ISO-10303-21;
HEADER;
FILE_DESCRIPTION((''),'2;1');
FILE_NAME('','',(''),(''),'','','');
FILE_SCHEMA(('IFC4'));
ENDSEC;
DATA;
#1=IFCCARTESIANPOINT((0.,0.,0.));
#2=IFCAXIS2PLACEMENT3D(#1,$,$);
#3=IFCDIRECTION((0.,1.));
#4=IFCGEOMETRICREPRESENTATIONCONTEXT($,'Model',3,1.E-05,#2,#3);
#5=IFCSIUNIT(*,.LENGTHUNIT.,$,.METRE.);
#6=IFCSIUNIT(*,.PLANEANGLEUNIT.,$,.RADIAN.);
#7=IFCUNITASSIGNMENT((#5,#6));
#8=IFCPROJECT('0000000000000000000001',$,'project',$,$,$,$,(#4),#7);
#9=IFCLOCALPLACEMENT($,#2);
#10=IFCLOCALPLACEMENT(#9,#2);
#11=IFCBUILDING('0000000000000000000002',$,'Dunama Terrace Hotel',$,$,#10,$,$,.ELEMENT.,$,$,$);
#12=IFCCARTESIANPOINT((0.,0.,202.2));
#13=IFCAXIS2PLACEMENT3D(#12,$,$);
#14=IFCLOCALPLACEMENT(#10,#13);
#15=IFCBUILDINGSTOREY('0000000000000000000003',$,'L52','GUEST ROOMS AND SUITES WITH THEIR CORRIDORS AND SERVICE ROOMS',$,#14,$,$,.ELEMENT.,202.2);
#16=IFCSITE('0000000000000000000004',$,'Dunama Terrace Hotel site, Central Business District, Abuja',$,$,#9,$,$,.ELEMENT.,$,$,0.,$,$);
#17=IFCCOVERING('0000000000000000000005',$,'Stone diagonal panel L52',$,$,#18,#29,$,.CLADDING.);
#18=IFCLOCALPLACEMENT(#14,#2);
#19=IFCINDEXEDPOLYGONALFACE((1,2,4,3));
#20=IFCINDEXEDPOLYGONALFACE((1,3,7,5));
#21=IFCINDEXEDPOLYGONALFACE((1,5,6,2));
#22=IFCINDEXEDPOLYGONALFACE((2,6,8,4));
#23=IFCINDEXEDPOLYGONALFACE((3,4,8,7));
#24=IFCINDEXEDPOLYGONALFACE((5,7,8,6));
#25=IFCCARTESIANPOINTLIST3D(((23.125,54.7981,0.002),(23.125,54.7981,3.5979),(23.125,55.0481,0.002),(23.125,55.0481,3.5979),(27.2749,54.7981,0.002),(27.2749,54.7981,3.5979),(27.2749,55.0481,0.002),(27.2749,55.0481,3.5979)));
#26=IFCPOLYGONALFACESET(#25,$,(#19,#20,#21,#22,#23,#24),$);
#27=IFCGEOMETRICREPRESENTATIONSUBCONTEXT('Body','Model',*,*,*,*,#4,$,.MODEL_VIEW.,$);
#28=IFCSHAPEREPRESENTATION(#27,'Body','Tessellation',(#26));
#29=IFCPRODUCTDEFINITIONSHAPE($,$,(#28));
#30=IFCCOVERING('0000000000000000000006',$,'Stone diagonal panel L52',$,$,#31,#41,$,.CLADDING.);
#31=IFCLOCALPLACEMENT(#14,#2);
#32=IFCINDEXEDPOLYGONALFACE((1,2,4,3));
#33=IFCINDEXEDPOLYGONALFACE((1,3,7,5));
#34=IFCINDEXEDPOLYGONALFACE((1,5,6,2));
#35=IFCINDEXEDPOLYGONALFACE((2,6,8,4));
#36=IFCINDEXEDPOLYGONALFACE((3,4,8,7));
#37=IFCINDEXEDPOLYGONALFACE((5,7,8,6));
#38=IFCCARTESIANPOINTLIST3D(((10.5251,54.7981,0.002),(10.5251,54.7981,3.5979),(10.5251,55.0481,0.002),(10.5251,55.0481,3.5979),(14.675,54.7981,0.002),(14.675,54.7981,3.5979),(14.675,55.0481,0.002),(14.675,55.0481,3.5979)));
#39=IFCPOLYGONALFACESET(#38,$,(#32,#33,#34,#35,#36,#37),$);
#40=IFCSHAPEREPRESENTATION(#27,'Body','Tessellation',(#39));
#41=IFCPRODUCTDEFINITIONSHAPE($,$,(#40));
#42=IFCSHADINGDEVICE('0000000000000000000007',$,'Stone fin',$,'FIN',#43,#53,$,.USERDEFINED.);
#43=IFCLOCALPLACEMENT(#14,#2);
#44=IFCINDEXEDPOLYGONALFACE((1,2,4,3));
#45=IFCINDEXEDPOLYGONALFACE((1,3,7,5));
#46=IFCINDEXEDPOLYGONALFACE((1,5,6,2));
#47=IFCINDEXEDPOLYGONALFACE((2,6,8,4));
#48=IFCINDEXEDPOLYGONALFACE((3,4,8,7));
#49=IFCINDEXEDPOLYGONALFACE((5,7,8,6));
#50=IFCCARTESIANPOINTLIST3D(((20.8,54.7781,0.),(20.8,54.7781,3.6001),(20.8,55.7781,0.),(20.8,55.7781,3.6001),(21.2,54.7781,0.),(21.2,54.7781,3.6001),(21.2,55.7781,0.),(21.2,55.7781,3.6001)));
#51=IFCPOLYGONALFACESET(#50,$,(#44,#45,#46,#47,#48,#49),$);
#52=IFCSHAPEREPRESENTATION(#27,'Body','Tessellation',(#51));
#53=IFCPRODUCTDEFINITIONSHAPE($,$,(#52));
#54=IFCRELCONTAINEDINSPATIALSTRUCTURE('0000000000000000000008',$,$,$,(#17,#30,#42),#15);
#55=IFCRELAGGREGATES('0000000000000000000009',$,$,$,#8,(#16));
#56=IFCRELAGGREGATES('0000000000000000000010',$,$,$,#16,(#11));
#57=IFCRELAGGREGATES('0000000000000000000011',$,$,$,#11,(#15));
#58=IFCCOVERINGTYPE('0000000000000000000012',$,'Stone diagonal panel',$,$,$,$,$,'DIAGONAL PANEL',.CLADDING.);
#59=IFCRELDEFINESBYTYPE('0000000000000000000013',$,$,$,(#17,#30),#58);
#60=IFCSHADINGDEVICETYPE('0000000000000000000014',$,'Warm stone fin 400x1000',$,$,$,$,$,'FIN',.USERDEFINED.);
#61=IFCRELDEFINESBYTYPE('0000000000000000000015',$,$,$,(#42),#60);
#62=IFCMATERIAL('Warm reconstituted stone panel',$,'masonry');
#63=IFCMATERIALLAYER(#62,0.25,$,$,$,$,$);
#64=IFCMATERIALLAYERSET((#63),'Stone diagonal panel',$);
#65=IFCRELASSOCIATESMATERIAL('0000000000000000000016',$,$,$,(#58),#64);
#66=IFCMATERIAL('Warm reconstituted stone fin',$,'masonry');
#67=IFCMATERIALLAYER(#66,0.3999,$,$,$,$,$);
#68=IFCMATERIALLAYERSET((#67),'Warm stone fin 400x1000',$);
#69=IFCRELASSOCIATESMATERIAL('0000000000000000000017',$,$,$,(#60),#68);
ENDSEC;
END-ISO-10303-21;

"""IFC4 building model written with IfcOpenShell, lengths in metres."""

from ifc_helpers import new_model, si_unit, direction, frame, origin, origin_2d, place, context, subcontext, project, spatial, rectangle, extrude, material, layer, layer_set, type_object, element, save


model = new_model("IFC4")

# Units and contexts
model_context = context("Model", 3, precision=1e-05, world=origin(), true_north=direction((0.0, 1.0)))
body_context = subcontext(model_context, "Body", "Model", "MODEL_VIEW")
ifc_project = project(units=[si_unit("LENGTHUNIT", "METRE"), si_unit("PLANEANGLEUNIT", "RADIAN")], contexts=[model_context])

# Site, building, storey
site_placement = place(None, origin())
site = spatial("IfcSite", under=ifc_project, at=site_placement, Name="Dunama Terrace Hotel site, Central Business District, Abuja", CompositionType="ELEMENT", RefElevation=0.0)
building_placement = place(site_placement, origin())
building = spatial("IfcBuilding", under=site, at=building_placement, Name="Dunama Terrace Hotel", CompositionType="ELEMENT")
storey_placement = place(building_placement, frame((0.0, 0.0, 202.2)))
storey = spatial("IfcBuildingStorey", under=building, at=storey_placement, Name="L52", Description="GUEST ROOMS AND SUITES WITH THEIR CORRIDORS AND SERVICE ROOMS", CompositionType="ELEMENT", Elevation=202.2)

# Coverings
ifc_material_1 = material(Name="Warm reconstituted stone panel", Category="masonry")
ifc_layer_1 = layer(ifc_material_1, 0.25)
ifc_layer_set_1 = layer_set([ifc_layer_1], Name="Stone diagonal panel")
covering_type = type_object("IfcCoveringType", Name="Stone diagonal panel", ElementType="DIAGONAL PANEL", PredefinedType="CLADDING", material=ifc_layer_set_1)
for number, where, z_axis, x_axis, name in (
    (1, (25.2, 54.9231, 0.002), (0.0, 0.0, 1.0), (-1.0, 0.0, 0.0), "Stone diagonal panel L52"),
    (2, (12.6001, 54.9231, 0.002), (0.0, 0.0, 1.0), (-1.0, 0.0, 0.0), "Stone diagonal panel L52"),
):
    element("IfcCovering", number, at=place(storey_placement, frame(where, z_axis=z_axis, x_axis=x_axis)), inside=storey, type_object=covering_type, Name=name, PredefinedType="CLADDING", context=body_context, shape_type="SweptSolid", body=[
        extrude(rectangle(XDim=4.1499, YDim=0.25, at=origin_2d()), origin(), (0.0, 0.0, 1.0), 3.5959),
    ])

# Shading device
ifc_material_2 = material(Name="Warm reconstituted stone fin", Category="masonry")
ifc_layer_2 = layer(ifc_material_2, 0.3999)
ifc_layer_set_2 = layer_set([ifc_layer_2], Name="Warm stone fin 400x1000")
shading_device_type = type_object("IfcShadingDeviceType", Name="Warm stone fin 400x1000", ElementType="FIN", PredefinedType="USERDEFINED", material=ifc_layer_set_2)
shading_device_placement = place(storey_placement, frame((21.0, 55.2781, 0.0), z_axis=(0.0, 0.0, 1.0), x_axis=(-1.0, 0.0, 0.0)))
element("IfcShadingDevice", 3, at=shading_device_placement, inside=storey, type_object=shading_device_type, Name="Stone fin", ObjectType="FIN", PredefinedType="USERDEFINED", context=body_context, shape_type="SweptSolid", body=[
    extrude(rectangle(XDim=0.3999, YDim=1.0, at=origin_2d()), origin(), (0.0, 0.0, 1.0), 3.6001),
])

save(model, "model.ifc")
